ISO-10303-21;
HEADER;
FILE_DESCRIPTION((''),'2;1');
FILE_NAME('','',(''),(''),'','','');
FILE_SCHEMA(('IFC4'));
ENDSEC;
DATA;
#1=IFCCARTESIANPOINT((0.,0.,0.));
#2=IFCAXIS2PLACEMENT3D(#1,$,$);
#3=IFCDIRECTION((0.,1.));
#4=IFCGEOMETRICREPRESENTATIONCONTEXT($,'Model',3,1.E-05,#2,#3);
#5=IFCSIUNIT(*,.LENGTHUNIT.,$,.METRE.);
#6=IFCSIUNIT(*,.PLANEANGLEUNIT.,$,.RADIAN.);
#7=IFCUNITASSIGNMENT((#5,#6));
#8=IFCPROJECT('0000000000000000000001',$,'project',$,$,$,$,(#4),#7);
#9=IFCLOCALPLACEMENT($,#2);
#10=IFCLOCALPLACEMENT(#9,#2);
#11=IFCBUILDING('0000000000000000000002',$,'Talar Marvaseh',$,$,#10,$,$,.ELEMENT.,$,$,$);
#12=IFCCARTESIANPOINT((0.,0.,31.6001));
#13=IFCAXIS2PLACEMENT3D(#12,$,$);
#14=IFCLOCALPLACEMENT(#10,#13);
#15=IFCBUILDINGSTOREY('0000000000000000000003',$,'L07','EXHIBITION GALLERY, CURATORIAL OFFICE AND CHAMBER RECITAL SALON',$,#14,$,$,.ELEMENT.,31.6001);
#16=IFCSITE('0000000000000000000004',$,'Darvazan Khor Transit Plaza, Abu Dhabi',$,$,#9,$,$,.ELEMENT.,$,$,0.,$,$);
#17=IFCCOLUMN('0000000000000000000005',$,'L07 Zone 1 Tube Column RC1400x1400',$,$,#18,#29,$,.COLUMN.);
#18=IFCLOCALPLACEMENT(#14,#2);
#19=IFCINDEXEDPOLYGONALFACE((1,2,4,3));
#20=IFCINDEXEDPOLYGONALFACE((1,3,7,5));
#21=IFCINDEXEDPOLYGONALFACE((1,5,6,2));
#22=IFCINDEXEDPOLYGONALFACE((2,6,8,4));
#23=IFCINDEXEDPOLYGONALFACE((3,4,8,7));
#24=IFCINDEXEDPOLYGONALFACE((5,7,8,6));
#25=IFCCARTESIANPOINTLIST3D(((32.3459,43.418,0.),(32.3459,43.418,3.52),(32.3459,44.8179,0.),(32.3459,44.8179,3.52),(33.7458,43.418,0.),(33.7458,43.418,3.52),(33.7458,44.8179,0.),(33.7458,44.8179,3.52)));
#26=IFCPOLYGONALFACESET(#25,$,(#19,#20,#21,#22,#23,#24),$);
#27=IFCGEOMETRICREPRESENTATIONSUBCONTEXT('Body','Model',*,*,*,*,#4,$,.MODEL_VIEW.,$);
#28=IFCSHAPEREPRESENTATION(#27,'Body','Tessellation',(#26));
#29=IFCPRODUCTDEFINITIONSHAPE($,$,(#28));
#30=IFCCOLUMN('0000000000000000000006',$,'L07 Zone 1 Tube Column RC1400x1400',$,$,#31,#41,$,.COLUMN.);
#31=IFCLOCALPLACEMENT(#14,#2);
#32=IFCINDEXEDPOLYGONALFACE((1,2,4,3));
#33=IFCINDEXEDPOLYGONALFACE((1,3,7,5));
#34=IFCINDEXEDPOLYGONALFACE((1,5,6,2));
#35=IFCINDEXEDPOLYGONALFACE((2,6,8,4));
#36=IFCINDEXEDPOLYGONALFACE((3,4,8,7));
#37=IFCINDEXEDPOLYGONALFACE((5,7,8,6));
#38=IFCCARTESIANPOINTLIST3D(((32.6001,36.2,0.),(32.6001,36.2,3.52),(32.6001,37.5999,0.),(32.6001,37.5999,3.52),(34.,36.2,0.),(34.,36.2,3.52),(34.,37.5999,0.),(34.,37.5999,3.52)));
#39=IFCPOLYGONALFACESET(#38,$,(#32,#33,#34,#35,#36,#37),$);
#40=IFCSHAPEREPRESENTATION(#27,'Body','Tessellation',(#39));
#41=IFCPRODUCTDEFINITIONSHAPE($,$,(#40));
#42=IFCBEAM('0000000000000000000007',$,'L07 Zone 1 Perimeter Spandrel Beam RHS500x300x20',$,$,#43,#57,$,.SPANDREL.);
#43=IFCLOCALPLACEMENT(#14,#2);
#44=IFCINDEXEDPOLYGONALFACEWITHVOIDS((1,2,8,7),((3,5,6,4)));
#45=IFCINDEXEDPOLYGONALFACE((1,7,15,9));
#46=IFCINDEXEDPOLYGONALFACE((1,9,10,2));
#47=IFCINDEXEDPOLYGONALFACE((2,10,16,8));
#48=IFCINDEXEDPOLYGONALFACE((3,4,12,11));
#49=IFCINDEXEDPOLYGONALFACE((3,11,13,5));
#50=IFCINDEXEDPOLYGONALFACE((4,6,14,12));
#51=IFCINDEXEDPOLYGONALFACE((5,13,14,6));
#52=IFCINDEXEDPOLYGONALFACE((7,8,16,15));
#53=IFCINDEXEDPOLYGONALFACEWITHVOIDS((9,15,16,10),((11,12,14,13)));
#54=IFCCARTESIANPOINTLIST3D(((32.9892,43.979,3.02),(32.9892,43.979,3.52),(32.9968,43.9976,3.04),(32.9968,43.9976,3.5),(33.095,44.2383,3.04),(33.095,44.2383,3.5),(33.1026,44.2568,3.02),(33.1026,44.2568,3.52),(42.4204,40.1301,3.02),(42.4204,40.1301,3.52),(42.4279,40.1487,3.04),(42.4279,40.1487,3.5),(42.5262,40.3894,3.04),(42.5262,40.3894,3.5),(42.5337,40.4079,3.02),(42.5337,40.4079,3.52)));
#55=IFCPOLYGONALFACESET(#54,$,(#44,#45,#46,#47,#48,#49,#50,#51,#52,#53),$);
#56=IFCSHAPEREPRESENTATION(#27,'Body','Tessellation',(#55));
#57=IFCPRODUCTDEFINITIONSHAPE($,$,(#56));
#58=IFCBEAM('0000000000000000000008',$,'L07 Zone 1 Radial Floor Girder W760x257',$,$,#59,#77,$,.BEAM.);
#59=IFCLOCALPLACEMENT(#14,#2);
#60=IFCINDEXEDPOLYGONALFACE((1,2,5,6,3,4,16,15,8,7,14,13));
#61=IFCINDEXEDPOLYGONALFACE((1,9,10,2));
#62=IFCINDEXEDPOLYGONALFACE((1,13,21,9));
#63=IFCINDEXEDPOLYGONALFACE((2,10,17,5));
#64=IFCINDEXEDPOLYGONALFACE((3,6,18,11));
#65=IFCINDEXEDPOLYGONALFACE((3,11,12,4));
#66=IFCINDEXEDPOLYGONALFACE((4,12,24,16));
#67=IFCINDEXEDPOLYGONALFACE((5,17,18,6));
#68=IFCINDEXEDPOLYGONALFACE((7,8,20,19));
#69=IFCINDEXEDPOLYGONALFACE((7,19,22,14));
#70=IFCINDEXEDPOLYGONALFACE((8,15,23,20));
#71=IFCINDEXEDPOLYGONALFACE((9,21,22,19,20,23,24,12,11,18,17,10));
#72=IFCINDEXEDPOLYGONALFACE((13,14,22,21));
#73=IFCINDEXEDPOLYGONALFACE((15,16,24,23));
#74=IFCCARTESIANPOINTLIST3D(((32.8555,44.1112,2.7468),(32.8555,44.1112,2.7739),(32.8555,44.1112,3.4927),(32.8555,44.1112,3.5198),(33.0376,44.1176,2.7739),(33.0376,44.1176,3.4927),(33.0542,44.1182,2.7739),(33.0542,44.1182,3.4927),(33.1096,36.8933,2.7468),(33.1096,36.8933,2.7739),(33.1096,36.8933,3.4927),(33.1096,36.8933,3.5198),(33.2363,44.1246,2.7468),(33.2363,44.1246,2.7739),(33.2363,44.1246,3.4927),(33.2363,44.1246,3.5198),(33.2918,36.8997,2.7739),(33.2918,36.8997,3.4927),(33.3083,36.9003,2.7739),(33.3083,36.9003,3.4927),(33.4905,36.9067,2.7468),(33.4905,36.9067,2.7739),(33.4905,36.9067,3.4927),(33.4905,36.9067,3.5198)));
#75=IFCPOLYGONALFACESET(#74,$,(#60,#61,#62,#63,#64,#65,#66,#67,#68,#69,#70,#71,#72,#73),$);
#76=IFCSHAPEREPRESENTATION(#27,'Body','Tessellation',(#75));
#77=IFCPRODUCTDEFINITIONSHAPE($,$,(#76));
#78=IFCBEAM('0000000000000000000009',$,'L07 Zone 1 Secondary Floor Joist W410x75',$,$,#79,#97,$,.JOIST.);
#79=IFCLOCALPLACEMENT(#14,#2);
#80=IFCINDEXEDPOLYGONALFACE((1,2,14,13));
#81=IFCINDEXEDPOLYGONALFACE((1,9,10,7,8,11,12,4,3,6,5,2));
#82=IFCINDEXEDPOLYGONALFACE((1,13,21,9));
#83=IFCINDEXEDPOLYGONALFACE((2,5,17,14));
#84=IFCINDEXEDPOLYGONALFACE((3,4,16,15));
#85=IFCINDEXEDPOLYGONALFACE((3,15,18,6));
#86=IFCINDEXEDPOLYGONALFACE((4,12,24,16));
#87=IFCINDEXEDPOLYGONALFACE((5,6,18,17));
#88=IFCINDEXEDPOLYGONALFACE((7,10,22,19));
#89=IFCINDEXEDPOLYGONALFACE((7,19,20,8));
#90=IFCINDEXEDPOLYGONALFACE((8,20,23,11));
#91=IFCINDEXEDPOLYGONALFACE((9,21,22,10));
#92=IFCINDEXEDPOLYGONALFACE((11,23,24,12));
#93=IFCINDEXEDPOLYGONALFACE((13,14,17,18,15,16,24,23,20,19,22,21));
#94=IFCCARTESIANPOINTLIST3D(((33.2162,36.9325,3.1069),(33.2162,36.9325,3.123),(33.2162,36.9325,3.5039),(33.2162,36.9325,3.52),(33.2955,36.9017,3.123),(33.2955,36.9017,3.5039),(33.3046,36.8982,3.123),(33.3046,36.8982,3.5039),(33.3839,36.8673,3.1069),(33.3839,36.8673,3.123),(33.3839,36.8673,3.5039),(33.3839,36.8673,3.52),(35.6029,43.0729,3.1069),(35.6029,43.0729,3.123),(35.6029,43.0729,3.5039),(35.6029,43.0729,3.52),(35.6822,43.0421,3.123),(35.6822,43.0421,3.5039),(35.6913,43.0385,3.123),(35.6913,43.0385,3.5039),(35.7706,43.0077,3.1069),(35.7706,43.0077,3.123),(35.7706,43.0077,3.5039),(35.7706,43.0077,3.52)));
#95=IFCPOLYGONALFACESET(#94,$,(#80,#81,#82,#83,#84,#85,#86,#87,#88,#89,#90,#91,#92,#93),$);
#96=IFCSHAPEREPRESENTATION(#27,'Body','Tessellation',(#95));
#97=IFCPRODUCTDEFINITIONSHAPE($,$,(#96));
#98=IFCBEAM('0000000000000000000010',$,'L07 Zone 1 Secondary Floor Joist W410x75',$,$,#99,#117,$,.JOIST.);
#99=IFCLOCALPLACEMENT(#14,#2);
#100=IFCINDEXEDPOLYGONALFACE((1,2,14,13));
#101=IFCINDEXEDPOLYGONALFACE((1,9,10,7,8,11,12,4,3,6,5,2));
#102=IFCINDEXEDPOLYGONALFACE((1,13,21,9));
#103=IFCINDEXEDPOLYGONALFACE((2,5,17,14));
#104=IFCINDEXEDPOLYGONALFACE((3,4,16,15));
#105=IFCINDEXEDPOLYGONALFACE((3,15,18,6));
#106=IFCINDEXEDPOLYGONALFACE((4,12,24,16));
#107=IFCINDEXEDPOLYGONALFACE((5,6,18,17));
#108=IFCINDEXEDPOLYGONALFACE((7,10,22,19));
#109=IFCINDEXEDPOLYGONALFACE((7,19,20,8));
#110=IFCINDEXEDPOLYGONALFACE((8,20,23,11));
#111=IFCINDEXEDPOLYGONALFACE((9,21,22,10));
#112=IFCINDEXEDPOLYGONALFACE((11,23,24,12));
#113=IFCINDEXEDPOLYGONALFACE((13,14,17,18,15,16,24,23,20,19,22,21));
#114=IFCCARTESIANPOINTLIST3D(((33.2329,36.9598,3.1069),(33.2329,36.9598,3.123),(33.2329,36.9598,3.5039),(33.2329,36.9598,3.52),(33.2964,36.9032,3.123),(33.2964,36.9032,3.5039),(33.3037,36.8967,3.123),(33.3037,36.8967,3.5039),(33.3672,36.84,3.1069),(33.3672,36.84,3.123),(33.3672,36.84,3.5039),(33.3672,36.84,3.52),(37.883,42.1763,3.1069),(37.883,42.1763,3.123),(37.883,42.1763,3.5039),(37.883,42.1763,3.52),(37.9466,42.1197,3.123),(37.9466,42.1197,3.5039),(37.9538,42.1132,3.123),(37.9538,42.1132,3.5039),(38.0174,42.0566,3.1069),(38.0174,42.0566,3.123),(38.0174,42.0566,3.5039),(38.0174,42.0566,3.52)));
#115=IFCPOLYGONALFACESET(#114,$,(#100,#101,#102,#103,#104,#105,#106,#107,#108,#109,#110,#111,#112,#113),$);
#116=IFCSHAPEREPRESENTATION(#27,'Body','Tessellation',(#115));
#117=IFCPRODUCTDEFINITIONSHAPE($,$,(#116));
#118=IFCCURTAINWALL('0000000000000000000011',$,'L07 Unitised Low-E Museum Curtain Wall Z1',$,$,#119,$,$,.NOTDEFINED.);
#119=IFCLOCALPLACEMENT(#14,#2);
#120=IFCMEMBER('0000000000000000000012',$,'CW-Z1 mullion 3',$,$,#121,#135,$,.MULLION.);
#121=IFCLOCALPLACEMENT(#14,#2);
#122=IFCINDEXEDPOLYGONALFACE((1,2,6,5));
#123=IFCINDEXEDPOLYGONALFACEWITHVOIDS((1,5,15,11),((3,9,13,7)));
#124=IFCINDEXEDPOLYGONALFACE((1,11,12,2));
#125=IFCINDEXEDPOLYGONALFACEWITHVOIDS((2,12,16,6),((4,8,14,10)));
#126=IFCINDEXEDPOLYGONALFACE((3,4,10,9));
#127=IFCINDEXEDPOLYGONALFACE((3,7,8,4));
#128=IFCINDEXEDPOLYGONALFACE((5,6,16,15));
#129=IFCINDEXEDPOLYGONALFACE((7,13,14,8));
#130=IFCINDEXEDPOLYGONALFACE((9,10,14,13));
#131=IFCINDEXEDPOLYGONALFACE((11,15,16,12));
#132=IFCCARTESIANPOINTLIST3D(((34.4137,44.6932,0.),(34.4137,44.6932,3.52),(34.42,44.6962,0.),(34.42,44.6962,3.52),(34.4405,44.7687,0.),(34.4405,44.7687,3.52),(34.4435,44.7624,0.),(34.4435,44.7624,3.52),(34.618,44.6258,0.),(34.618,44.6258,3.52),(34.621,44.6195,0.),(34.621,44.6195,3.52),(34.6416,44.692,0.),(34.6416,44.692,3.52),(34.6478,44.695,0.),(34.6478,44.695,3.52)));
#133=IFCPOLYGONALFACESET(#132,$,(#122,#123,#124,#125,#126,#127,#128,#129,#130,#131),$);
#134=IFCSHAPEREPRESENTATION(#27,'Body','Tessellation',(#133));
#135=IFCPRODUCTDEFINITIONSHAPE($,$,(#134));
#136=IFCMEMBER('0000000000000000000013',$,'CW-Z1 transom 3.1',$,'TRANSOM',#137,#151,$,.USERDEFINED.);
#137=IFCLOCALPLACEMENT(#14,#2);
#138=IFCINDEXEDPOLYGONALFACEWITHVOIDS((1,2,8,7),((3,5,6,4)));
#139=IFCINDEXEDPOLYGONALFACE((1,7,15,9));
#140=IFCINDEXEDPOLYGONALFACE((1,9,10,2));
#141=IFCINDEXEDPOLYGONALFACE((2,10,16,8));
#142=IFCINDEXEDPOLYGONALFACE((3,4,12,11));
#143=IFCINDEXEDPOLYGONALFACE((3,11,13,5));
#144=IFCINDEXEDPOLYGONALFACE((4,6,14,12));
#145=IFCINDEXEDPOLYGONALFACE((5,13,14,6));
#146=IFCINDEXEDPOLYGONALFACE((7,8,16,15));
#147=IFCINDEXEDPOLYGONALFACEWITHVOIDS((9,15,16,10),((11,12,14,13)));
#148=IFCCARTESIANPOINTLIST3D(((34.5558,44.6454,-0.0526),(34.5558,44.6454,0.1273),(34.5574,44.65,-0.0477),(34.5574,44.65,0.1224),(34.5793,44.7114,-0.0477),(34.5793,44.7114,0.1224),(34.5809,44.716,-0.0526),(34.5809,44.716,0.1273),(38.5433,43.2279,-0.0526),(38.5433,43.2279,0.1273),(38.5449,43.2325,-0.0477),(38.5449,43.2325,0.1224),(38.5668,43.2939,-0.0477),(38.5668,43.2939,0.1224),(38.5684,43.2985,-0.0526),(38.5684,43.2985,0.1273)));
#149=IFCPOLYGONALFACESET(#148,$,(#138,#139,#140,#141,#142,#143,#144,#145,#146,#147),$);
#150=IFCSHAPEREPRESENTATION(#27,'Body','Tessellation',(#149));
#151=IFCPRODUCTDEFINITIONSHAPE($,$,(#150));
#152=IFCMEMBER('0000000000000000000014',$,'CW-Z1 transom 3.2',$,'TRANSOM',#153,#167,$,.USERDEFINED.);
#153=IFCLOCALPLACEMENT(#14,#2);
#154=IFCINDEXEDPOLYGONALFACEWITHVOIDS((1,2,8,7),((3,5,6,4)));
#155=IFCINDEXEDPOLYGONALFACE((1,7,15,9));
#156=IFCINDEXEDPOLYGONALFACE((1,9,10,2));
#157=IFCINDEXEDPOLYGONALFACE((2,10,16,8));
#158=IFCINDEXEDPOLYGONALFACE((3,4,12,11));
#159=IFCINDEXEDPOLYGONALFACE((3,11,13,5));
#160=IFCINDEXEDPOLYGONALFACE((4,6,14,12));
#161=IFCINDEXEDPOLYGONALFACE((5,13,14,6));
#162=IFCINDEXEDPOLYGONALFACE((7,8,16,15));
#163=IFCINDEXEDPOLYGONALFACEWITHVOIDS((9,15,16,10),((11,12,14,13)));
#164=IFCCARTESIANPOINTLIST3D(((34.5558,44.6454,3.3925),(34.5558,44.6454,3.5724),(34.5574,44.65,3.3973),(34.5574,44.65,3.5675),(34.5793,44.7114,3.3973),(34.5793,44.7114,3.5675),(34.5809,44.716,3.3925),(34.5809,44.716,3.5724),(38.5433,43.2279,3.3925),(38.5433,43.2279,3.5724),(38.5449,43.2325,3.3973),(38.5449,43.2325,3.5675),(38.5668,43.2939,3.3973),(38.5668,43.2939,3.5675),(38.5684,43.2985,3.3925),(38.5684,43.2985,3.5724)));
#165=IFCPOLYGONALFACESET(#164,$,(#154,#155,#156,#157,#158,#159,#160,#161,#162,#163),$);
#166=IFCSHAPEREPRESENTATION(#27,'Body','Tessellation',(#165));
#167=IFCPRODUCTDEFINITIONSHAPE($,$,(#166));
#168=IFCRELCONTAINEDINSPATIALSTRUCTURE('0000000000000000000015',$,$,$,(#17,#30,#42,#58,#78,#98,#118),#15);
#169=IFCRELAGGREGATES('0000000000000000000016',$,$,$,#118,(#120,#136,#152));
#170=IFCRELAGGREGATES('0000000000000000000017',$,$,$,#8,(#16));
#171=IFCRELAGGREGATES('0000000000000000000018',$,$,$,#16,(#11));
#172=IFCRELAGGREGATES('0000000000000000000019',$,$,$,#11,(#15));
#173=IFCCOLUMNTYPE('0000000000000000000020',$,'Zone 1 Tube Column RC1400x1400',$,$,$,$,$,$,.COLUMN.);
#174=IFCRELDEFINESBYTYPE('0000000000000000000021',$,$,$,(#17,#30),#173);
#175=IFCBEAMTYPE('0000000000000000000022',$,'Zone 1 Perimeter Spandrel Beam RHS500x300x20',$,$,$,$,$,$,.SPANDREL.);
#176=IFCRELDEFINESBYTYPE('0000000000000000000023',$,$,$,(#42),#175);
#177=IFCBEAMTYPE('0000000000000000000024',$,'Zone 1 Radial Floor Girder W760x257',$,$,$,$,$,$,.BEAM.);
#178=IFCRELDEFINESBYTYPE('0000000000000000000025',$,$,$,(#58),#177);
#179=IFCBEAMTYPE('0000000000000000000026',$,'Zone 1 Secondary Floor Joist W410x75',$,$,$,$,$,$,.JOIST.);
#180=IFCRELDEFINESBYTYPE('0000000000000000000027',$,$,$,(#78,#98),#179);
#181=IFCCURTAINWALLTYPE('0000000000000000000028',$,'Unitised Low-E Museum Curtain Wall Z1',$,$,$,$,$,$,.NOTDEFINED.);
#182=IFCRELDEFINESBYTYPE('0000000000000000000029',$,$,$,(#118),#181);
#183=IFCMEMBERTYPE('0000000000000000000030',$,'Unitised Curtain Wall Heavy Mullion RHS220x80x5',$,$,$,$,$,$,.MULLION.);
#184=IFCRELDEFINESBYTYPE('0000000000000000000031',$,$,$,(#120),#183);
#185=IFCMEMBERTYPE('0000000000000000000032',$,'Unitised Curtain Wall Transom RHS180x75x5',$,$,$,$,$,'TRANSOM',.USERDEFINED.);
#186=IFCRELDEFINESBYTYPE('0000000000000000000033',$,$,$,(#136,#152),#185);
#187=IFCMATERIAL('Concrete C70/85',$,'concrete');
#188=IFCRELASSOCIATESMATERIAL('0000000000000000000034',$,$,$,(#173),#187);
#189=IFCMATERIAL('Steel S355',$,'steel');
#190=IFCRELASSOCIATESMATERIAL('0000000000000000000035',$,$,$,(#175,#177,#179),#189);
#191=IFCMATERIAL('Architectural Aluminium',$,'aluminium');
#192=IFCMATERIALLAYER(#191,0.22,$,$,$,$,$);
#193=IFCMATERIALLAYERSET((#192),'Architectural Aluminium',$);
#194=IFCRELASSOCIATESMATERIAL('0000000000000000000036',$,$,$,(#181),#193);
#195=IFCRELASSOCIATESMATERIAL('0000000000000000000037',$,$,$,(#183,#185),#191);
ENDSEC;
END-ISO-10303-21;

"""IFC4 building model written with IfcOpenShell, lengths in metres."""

from ifc_helpers import new_model, si_unit, direction, frame, origin, origin_2d, place, context, subcontext, project, spatial, rectangle, hollow_rectangle, i_section, extrude, source, transform, mapped, material, layer, layer_set, material_profile, profile_set, type_object, type_shapes, element, aggregate, save


model = new_model("IFC4")

# Units and contexts
model_context = context("Model", 3, precision=1e-05, world=origin(), true_north=direction((0.0, 1.0)))
body_context = subcontext(model_context, "Body", "Model", "MODEL_VIEW")
ifc_project = project(units=[si_unit("LENGTHUNIT", "METRE"), si_unit("PLANEANGLEUNIT", "RADIAN")], contexts=[model_context])

# Site, building, storey
site_placement = place(None, origin())
site = spatial("IfcSite", under=ifc_project, at=site_placement, Name="Darvazan Khor Transit Plaza, Abu Dhabi", CompositionType="ELEMENT", RefElevation=0.0)
building_placement = place(site_placement, origin())
building = spatial("IfcBuilding", under=site, at=building_placement, Name="Talar Marvaseh", CompositionType="ELEMENT")
storey_placement = place(building_placement, frame((0.0, 0.0, 31.6001)))
storey = spatial("IfcBuildingStorey", under=building, at=storey_placement, Name="L07", Description="EXHIBITION GALLERY, CURATORIAL OFFICE AND CHAMBER RECITAL SALON", CompositionType="ELEMENT", Elevation=31.6001)

# Columns
ifc_material_1 = material(Name="Concrete C70/85", Category="concrete")
ifc_material_profile_1 = material_profile(ifc_material_1, rectangle(XDim=1.3999, YDim=1.3999, at=origin_2d()), Name="RC1400x1400")
ifc_profile_set_1 = profile_set([ifc_material_profile_1], Name="Concrete C70/85")
column_type = type_object("IfcColumnType", Name="Zone 1 Tube Column RC1400x1400", PredefinedType="COLUMN", material=ifc_profile_set_1)
for number, where, z_axis, x_axis, name in (
    (1, (33.0459, 44.1179, 0.0), (0.0, 0.0, 1.0), (1.0, 0.0, 0.0), "L07 Zone 1 Tube Column RC1400x1400"),
    (2, (33.3, 36.8999, 0.0), (0.0, 0.0, 1.0), (1.0, 0.0, 0.0), "L07 Zone 1 Tube Column RC1400x1400"),
):
    element("IfcColumn", number, at=place(storey_placement, frame(where, z_axis=z_axis, x_axis=x_axis)), inside=storey, type_object=column_type, Name=name, PredefinedType="COLUMN", context=body_context, shape_type="SweptSolid", body=[
        extrude(rectangle(XDim=1.3999, YDim=1.3999, at=origin_2d()), origin(), (0.0, 0.0, 1.0), 3.52),
    ])

# Beams
ifc_material_2 = material(Name="Steel S355", Category="steel")
ifc_material_profile_2 = material_profile(ifc_material_2, hollow_rectangle(XDim=0.3, YDim=0.5, WallThickness=0.02, at=origin_2d()), Name="RHS500x300x20")
ifc_profile_set_2 = profile_set([ifc_material_profile_2], Name="Steel S355")
beam_type_1 = type_object("IfcBeamType", Name="Zone 1 Perimeter Spandrel Beam RHS500x300x20", PredefinedType="SPANDREL", material=ifc_profile_set_2)
beam_1_placement = place(storey_placement, frame((33.0459, 44.1179, 3.27), z_axis=(0.925867, -0.377849, 0.0), x_axis=(0.377849, 0.925867, 0.0)))
element("IfcBeam", 3, at=beam_1_placement, inside=storey, type_object=beam_type_1, Name="L07 Zone 1 Perimeter Spandrel Beam RHS500x300x20", PredefinedType="SPANDREL", context=body_context, shape_type="SweptSolid", body=[
    extrude(hollow_rectangle(XDim=0.3, YDim=0.5, WallThickness=0.02, at=origin_2d()), origin(), (0.0, 0.0, 1.0), 10.1863),
])
ifc_material_profile_3 = material_profile(ifc_material_2, i_section(OverallWidth=0.3811, OverallDepth=0.7729, WebThickness=0.0166, FlangeThickness=0.0271, at=origin_2d()), Name="W760x257")
ifc_profile_set_3 = profile_set([ifc_material_profile_3], Name="Steel S355")
beam_type_2 = type_object("IfcBeamType", Name="Zone 1 Radial Floor Girder W760x257", PredefinedType="BEAM", material=ifc_profile_set_3)
beam_2_placement = place(storey_placement, frame((33.0459, 44.1179, 3.1333), z_axis=(0.035189, -0.999381, 0.0), x_axis=(0.999381, 0.035189, 0.0)))
element("IfcBeam", 4, at=beam_2_placement, inside=storey, type_object=beam_type_2, Name="L07 Zone 1 Radial Floor Girder W760x257", PredefinedType="BEAM", context=body_context, shape_type="SweptSolid", body=[
    extrude(i_section(OverallWidth=0.3811, OverallDepth=0.7729, WebThickness=0.0166, FlangeThickness=0.0271, at=origin_2d()), origin(), (0.0, 0.0, 1.0), 7.2224),
])
ifc_material_profile_4 = material_profile(ifc_material_2, i_section(OverallWidth=0.1799, OverallDepth=0.4131, WebThickness=0.0098, FlangeThickness=0.0161, at=origin_2d()), Name="W410x75")
ifc_profile_set_4 = profile_set([ifc_material_profile_4], Name="Steel S355")
beam_type_3 = type_object("IfcBeamType", Name="Zone 1 Secondary Floor Joist W410x75", PredefinedType="JOIST", material=ifc_profile_set_4)
beam_3_placement = place(storey_placement, frame((35.6868, 43.0403, 3.3135), z_axis=(-0.362287, -0.932067, 0.0), x_axis=(0.932067, -0.362287, 0.0)))
element("IfcBeam", 5, at=beam_3_placement, inside=storey, type_object=beam_type_3, Name="L07 Zone 1 Secondary Floor Joist W410x75", PredefinedType="JOIST", context=body_context, shape_type="SweptSolid", body=[
    extrude(i_section(OverallWidth=0.1799, OverallDepth=0.4131, WebThickness=0.0098, FlangeThickness=0.0161, at=origin_2d()), origin(), (0.0, 0.0, 1.0), 6.5879),
])
beam_4_placement = place(storey_placement, frame((37.9502, 42.1165, 3.3135), z_axis=(-0.665419, -0.74647, 0.0), x_axis=(0.74647, -0.665419, 0.0)))
element("IfcBeam", 6, at=beam_4_placement, inside=storey, type_object=beam_type_3, Name="L07 Zone 1 Secondary Floor Joist W410x75", PredefinedType="JOIST", context=body_context, shape_type="SweptSolid", body=[
    extrude(i_section(OverallWidth=0.1799, OverallDepth=0.4131, WebThickness=0.0098, FlangeThickness=0.0161, at=origin_2d()), origin(), (0.0, 0.0, 1.0), 6.9883),
])

# Curtain wall, members
ifc_material_3 = material(Name="Architectural Aluminium", Category="aluminium")
ifc_layer_1 = layer(ifc_material_3, 0.22)
ifc_layer_set_1 = layer_set([ifc_layer_1], Name="Architectural Aluminium")
curtain_wall_type = type_object("IfcCurtainWallType", Name="Unitised Low-E Museum Curtain Wall Z1", PredefinedType="NOTDEFINED", material=ifc_layer_set_1)
curtain_wall_placement = place(storey_placement, origin())
curtain_wall = element("IfcCurtainWall", 7, at=curtain_wall_placement, inside=storey, type_object=curtain_wall_type, Name="L07 Unitised Low-E Museum Curtain Wall Z1", PredefinedType="NOTDEFINED")
ifc_material_profile_5 = material_profile(ifc_material_3, hollow_rectangle(XDim=0.0801, YDim=0.22, WallThickness=0.0049, at=origin_2d()), Name="RHS220x80x5")
ifc_profile_set_5 = profile_set([ifc_material_profile_5], Name="Architectural Aluminium")
member_type_1 = type_object("IfcMemberType", Name="Unitised Curtain Wall Heavy Mullion RHS220x80x5", PredefinedType="MULLION", material=ifc_profile_set_5)
shared_shape_1 = source(origin(), body_context, "Body", "SweptSolid", [
    extrude(hollow_rectangle(XDim=0.0801, YDim=0.22, WallThickness=0.0049, at=origin_2d()), origin(), (0.0, 0.0, 1.0), 3.52),
])
type_shapes(member_type_1, [shared_shape_1])
member_1_placement = place(storey_placement, frame((34.5308, 44.6941, 0.0), z_axis=(0.0, 0.0, 1.0), x_axis=(0.334923, 0.942245, 0.0)))
member_1 = element("IfcMember", 8, at=member_1_placement, type_object=member_type_1, Name="CW-Z1 mullion 3", PredefinedType="MULLION", context=body_context, shape_type="MappedRepresentation", body=[
    mapped(shared_shape_1, transform((0.0, 0.0, 0.0), x_axis=(1.0, 0.0, 0.0), y_axis=(0.0, 1.0, 0.0), z_axis=(0.0, 0.0, 1.0), scale=1.0)),
])
ifc_material_profile_6 = material_profile(ifc_material_3, hollow_rectangle(XDim=0.075, YDim=0.1799, WallThickness=0.0049, at=origin_2d()), Name="RHS180x75x5")
ifc_profile_set_6 = profile_set([ifc_material_profile_6], Name="Architectural Aluminium")
member_type_2 = type_object("IfcMemberType", Name="Unitised Curtain Wall Transom RHS180x75x5", ElementType="TRANSOM", PredefinedType="USERDEFINED", material=ifc_profile_set_6)
shared_shape_2 = source(origin(), body_context, "Body", "SweptSolid", [
    extrude(hollow_rectangle(XDim=0.075, YDim=0.1799, WallThickness=0.0049, at=origin_2d()), origin(), (0.0, 0.0, 1.0), 4.2319),
])
type_shapes(member_type_2, [shared_shape_2])
member_2_placement = place(storey_placement, frame((34.5684, 44.6807, 0.0374), z_axis=(0.942238, -0.334944, 0.0), x_axis=(0.334944, 0.942238, 0.0)))
member_2 = element("IfcMember", 9, at=member_2_placement, type_object=member_type_2, Name="CW-Z1 transom 3.1", ObjectType="TRANSOM", PredefinedType="USERDEFINED", context=body_context, shape_type="MappedRepresentation", body=[
    mapped(shared_shape_2, transform((0.0, 0.0, 0.0), x_axis=(1.0, 0.0, 0.0), y_axis=(0.0, 1.0, 0.0), z_axis=(0.0, 0.0, 1.0), scale=1.0)),
])
member_3_placement = place(storey_placement, frame((34.5684, 44.6807, 3.4824), z_axis=(0.942238, -0.334944, 0.0), x_axis=(0.334944, 0.942238, 0.0)))
member_3 = element("IfcMember", 10, at=member_3_placement, type_object=member_type_2, Name="CW-Z1 transom 3.2", ObjectType="TRANSOM", PredefinedType="USERDEFINED", context=body_context, shape_type="MappedRepresentation", body=[
    mapped(shared_shape_2, transform((0.0, 0.0, 0.0), x_axis=(1.0, 0.0, 0.0), y_axis=(0.0, 1.0, 0.0), z_axis=(0.0, 0.0, 1.0), scale=1.0)),
])
aggregate(curtain_wall, [member_1, member_2, member_3])

save(model, "model.ifc")
